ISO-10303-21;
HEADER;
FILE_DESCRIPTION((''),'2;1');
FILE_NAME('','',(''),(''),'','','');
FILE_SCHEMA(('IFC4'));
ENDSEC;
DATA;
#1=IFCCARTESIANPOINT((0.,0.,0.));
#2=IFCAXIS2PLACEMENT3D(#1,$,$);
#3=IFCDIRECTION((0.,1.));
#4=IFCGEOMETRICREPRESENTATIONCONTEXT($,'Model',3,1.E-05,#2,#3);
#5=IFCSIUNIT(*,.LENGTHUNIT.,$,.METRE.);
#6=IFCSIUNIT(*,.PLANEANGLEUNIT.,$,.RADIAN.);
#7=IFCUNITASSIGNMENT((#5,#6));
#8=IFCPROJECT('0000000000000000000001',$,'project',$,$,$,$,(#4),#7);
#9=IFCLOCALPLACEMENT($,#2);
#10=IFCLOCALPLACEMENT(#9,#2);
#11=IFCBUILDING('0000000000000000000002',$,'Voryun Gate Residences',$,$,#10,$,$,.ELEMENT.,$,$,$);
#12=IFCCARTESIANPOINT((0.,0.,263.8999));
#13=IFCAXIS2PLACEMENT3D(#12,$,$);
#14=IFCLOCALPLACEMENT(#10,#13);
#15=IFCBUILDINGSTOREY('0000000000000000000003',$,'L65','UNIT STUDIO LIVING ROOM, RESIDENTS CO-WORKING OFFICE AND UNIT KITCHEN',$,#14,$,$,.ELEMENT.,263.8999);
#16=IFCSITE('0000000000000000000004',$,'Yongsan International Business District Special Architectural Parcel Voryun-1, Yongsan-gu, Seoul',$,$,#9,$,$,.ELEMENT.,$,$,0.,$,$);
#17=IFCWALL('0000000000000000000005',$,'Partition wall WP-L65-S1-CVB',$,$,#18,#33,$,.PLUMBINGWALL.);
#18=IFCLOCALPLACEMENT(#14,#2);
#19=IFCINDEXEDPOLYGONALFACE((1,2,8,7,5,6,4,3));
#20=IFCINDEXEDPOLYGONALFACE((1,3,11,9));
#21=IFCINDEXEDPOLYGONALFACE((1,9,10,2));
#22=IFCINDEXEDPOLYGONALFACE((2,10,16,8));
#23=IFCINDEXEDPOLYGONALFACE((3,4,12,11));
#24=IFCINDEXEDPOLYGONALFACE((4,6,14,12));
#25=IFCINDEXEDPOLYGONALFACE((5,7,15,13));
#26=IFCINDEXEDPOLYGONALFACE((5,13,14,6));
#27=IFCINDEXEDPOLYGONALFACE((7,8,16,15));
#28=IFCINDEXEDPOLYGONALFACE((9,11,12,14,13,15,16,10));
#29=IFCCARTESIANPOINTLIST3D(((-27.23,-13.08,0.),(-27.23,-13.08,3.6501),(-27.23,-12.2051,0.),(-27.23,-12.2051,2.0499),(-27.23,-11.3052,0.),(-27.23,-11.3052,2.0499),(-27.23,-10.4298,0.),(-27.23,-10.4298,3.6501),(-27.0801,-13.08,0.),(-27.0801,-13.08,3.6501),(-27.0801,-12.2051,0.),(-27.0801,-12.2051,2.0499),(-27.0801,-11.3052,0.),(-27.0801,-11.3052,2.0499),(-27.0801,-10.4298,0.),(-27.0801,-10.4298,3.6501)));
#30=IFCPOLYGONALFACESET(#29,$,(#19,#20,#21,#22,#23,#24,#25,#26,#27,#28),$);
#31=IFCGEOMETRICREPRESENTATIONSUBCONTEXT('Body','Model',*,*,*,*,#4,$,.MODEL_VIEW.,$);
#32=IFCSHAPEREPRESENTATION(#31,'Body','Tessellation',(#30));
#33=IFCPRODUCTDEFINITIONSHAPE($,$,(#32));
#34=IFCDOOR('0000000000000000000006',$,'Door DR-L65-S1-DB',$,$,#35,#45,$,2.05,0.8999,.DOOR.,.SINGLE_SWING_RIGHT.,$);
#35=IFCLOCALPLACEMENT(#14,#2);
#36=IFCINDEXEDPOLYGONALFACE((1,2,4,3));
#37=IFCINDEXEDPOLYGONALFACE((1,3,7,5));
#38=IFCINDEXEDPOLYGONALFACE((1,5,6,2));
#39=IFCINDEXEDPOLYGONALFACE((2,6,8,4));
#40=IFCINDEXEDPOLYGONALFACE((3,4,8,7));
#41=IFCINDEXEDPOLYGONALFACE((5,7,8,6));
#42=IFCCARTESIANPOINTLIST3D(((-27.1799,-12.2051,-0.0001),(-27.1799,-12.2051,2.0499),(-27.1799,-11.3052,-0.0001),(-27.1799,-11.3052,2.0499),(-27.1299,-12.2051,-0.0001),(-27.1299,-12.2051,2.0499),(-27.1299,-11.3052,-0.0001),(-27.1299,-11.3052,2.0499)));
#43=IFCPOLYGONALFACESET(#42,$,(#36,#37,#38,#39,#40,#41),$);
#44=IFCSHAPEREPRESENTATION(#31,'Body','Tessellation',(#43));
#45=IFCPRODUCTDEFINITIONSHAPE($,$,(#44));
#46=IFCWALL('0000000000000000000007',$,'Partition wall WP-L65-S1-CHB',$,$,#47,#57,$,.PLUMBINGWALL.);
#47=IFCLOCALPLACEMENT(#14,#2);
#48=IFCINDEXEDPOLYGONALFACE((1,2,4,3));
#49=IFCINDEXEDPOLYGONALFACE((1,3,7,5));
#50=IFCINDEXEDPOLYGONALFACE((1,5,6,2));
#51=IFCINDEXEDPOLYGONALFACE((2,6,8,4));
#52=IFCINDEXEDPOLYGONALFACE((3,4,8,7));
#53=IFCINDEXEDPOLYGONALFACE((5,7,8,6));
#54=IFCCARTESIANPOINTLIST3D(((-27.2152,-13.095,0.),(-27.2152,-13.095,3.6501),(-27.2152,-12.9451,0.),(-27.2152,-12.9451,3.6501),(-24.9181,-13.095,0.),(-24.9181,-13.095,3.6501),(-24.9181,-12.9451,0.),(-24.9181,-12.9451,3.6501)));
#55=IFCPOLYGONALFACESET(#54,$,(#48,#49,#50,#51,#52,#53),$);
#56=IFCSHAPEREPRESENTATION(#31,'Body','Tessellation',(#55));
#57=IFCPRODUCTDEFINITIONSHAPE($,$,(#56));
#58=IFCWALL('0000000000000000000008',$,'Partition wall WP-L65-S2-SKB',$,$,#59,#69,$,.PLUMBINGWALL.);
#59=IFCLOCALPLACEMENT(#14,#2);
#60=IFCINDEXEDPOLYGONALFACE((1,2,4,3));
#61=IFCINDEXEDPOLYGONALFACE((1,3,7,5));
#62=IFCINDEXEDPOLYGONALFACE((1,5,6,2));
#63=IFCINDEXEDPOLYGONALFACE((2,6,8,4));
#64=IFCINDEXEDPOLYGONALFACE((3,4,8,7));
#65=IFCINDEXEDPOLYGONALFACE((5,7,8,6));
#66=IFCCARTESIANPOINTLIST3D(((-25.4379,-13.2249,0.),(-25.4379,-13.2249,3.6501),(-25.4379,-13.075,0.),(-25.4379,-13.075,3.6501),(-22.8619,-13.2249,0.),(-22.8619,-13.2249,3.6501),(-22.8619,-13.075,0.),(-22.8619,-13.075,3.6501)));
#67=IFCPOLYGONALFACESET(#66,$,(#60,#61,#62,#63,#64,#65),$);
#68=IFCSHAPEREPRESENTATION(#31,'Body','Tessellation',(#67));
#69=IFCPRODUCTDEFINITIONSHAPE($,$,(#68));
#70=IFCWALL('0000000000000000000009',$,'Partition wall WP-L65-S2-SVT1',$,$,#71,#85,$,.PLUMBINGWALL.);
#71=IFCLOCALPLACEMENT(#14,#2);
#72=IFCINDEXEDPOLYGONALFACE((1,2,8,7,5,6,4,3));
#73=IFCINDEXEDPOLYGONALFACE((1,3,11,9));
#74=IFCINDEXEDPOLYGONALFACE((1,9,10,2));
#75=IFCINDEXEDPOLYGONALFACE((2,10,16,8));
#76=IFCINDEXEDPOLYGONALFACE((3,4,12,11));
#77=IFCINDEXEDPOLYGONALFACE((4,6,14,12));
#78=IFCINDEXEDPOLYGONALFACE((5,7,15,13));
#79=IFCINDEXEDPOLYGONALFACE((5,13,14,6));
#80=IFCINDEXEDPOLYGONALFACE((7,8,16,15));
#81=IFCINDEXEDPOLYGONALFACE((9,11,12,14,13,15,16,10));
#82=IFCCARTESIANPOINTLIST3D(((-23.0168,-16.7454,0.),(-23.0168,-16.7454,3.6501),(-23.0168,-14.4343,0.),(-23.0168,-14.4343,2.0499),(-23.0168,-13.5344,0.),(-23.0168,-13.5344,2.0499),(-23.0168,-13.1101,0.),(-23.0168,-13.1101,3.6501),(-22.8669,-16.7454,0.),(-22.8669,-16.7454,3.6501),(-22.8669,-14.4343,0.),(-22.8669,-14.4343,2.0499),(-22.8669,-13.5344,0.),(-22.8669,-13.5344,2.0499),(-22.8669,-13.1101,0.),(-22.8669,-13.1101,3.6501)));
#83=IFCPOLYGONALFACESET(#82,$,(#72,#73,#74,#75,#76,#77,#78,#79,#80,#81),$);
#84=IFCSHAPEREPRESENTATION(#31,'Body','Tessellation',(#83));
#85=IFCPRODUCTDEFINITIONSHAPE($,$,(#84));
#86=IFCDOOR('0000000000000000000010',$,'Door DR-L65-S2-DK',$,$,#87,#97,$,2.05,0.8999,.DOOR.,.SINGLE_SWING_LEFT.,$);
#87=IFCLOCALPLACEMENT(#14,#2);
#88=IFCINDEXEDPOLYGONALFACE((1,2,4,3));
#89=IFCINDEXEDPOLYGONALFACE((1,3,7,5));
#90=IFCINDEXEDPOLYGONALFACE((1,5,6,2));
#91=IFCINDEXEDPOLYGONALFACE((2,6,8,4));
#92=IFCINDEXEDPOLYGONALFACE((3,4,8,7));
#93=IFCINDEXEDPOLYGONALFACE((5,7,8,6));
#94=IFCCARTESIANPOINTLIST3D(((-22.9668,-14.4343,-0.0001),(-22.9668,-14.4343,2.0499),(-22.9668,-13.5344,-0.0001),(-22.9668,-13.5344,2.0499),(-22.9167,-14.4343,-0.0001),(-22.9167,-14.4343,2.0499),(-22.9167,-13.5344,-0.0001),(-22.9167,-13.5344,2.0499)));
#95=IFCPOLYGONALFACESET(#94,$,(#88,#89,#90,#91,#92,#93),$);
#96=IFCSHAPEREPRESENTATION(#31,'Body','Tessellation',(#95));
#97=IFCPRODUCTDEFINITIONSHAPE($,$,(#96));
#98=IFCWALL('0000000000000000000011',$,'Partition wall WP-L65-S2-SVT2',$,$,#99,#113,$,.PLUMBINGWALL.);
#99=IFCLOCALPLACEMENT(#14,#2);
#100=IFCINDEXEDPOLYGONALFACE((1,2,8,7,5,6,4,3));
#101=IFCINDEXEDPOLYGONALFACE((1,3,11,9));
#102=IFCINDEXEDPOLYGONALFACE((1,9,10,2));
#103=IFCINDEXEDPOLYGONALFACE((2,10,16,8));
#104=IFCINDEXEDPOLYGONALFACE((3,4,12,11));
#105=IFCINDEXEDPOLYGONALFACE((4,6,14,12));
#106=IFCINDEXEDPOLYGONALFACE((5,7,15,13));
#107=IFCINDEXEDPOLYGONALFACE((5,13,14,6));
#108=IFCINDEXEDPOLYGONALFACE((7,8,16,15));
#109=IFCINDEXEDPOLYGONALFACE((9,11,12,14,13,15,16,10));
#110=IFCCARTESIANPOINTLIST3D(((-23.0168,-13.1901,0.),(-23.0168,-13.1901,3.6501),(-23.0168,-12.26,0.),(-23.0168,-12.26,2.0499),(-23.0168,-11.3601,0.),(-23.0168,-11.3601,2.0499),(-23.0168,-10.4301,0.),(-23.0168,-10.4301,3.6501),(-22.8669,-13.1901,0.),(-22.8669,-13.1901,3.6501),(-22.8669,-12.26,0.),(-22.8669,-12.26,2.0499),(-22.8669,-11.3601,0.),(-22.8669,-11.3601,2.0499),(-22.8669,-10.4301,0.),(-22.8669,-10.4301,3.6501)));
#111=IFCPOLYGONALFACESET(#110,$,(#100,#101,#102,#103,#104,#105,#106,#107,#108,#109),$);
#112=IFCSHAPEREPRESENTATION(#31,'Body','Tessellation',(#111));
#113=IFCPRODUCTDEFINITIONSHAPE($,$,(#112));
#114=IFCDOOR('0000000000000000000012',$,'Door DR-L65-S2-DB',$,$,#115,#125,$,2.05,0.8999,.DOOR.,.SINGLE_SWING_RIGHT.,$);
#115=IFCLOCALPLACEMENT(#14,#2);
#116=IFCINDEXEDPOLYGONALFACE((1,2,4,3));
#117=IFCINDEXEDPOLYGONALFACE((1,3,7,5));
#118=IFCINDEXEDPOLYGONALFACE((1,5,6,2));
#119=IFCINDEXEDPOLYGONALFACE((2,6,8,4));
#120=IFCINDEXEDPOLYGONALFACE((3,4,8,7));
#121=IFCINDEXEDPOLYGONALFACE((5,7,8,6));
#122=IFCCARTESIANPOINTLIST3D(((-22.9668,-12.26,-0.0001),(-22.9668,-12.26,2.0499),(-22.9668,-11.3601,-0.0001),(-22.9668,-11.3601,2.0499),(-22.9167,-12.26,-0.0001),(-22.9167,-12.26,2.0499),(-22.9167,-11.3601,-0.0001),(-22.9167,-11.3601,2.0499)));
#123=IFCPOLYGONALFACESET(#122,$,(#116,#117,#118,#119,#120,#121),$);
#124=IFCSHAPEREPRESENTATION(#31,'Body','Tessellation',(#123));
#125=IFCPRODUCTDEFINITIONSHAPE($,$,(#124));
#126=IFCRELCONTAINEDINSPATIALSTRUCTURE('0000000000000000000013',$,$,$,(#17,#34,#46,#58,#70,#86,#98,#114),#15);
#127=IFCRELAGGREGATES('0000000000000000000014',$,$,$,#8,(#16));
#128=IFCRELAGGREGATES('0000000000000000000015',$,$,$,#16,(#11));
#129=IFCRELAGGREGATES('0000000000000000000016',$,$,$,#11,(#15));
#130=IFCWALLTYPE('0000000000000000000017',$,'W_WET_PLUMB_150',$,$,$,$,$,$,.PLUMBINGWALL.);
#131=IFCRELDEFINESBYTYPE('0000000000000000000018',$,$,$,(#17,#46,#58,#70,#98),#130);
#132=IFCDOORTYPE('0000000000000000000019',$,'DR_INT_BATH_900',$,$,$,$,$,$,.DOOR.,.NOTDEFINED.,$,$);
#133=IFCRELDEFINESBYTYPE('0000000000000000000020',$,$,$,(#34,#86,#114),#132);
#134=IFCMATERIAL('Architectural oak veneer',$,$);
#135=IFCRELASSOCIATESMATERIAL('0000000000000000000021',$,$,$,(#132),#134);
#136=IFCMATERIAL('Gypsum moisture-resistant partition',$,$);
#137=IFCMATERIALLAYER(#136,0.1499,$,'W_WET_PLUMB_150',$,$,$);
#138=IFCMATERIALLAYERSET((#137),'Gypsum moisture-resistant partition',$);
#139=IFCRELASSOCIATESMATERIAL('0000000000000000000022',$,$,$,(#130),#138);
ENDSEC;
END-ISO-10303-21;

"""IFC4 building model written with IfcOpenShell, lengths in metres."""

from ifc_helpers import new_model, si_unit, direction, frame, frame_2d, origin, place, context, subcontext, project, spatial, rectangle, extrude, material, layer, layer_set, type_object, element, fill, save


model = new_model("IFC4")

# Units and contexts
model_context = context("Model", 3, precision=1e-05, world=origin(), true_north=direction((0.0, 1.0)))
body_context = subcontext(model_context, "Body", "Model", "MODEL_VIEW")
ifc_project = project(units=[si_unit("LENGTHUNIT", "METRE"), si_unit("PLANEANGLEUNIT", "RADIAN")], contexts=[model_context])

# Site, building, storey
site_placement = place(None, origin())
site = spatial("IfcSite", under=ifc_project, at=site_placement, Name="Yongsan International Business District Special Architectural Parcel Voryun-1, Yongsan-gu, Seoul", CompositionType="ELEMENT", RefElevation=0.0)
building_placement = place(site_placement, origin())
building = spatial("IfcBuilding", under=site, at=building_placement, Name="Voryun Gate Residences", CompositionType="ELEMENT")
storey_placement = place(building_placement, frame((0.0, 0.0, 263.8999)))
storey = spatial("IfcBuildingStorey", under=building, at=storey_placement, Name="L65", Description="UNIT STUDIO LIVING ROOM, RESIDENTS CO-WORKING OFFICE AND UNIT KITCHEN", CompositionType="ELEMENT", Elevation=263.8999)

# Shared definitions
ifc_material_1 = material(Name="Architectural oak veneer")
door_type = type_object("IfcDoorType", Name="DR_INT_BATH_900", OperationType="NOTDEFINED", PredefinedType="DOOR", material=ifc_material_1)

# Wall, opening, door
ifc_material_2 = material(Name="Gypsum moisture-resistant partition")
ifc_layer_1 = layer(ifc_material_2, 0.1499, Name="W_WET_PLUMB_150")
ifc_layer_set_1 = layer_set([ifc_layer_1], Name="Gypsum moisture-resistant partition")
wall_type_1 = type_object("IfcWallType", Name="W_WET_PLUMB_150", PredefinedType="PLUMBINGWALL", material=ifc_layer_set_1)
wall_1_placement = place(storey_placement, frame((-27.155, -13.0801, 0.0), z_axis=(0.0, 0.0, 1.0), x_axis=(0.0, 1.0, 0.0)))
wall_1 = element("IfcWall", 1, at=wall_1_placement, inside=storey, type_object=wall_type_1, Name="Partition wall WP-L65-S1-CVB", PredefinedType="PLUMBINGWALL", context=body_context, shape_type="SweptSolid", body=[
    extrude(rectangle(XDim=2.6501, YDim=0.1499, at=frame_2d((1.3252, 0.0))), origin(), (0.0, 0.0, 1.0), 3.6501),
])
opening_1_placement = place(wall_1_placement, frame((0.875, 0.0, 0.0)))
opening_1 = element("IfcOpeningElement", 2, at=opening_1_placement, cuts=wall_1, PredefinedType="OPENING", context=body_context, shape_type="SweptSolid", body=[
    extrude(rectangle(XDim=0.8999, YDim=2.05, at=frame_2d((0.45, 1.0249))), frame((0.0, 0.085, 0.0), z_axis=(0.0, -1.0, 0.0), x_axis=(1.0, 0.0, 0.0)), (0.0, 0.0, 1.0), 0.1699),
])
door_1_placement = place(opening_1_placement, origin())
door_1 = element("IfcDoor", 3, at=door_1_placement, inside=storey, type_object=door_type, Name="Door DR-L65-S1-DB", OperationType="SINGLE_SWING_RIGHT", OverallHeight=2.05, OverallWidth=0.8999, PredefinedType="DOOR", context=body_context, shape_type="SweptSolid", body=[
    extrude(rectangle(XDim=0.8999, YDim=2.05, at=frame_2d((0.45, 1.0249))), frame((0.0, 0.0249, 0.0), z_axis=(0.0, -1.0, 0.0), x_axis=(1.0, 0.0, 0.0)), (0.0, 0.0, 1.0), 0.05),
])
fill(opening_1, door_1)

# Walls
wall_2_placement = place(storey_placement, frame((-27.2151, -13.02, 0.0), z_axis=(0.0, 0.0, 1.0), x_axis=(1.0, 0.0, 0.0)))
element("IfcWall", 4, at=wall_2_placement, inside=storey, type_object=wall_type_1, Name="Partition wall WP-L65-S1-CHB", PredefinedType="PLUMBINGWALL", context=body_context, shape_type="SweptSolid", body=[
    extrude(rectangle(XDim=2.2971, YDim=0.1499, at=frame_2d((1.1484, 0.0))), origin(), (0.0, 0.0, 1.0), 3.6501),
])
wall_3_placement = place(storey_placement, frame((-25.438, -13.1499, 0.0), z_axis=(0.0, 0.0, 1.0), x_axis=(1.0, 0.0, 0.0)))
element("IfcWall", 5, at=wall_3_placement, inside=storey, type_object=wall_type_1, Name="Partition wall WP-L65-S2-SKB", PredefinedType="PLUMBINGWALL", context=body_context, shape_type="SweptSolid", body=[
    extrude(rectangle(XDim=2.5759, YDim=0.1499, at=frame_2d((1.2881, 0.0))), origin(), (0.0, 0.0, 1.0), 3.6501),
])

# Walls, openings, doors
wall_4_placement = place(storey_placement, frame((-22.9419, -16.7454, 0.0), z_axis=(0.0, 0.0, 1.0), x_axis=(0.0, 1.0, 0.0)))
wall_4 = element("IfcWall", 6, at=wall_4_placement, inside=storey, type_object=wall_type_1, Name="Partition wall WP-L65-S2-SVT1", PredefinedType="PLUMBINGWALL", context=body_context, shape_type="SweptSolid", body=[
    extrude(rectangle(XDim=3.6353, YDim=0.1499, at=frame_2d((1.8176, 0.0))), origin(), (0.0, 0.0, 1.0), 3.6501),
])
opening_2_placement = place(wall_4_placement, frame((2.311, 0.0, 0.0)))
opening_2 = element("IfcOpeningElement", 7, at=opening_2_placement, cuts=wall_4, PredefinedType="OPENING", context=body_context, shape_type="SweptSolid", body=[
    extrude(rectangle(XDim=0.8999, YDim=2.05, at=frame_2d((0.45, 1.0249))), frame((0.0, 0.085, 0.0), z_axis=(0.0, -1.0, 0.0), x_axis=(1.0, 0.0, 0.0)), (0.0, 0.0, 1.0), 0.1699),
])
door_2_placement = place(opening_2_placement, origin())
door_2 = element("IfcDoor", 8, at=door_2_placement, inside=storey, type_object=door_type, Name="Door DR-L65-S2-DK", OperationType="SINGLE_SWING_LEFT", OverallHeight=2.05, OverallWidth=0.8999, PredefinedType="DOOR", context=body_context, shape_type="SweptSolid", body=[
    extrude(rectangle(XDim=0.8999, YDim=2.05, at=frame_2d((0.45, 1.0249))), frame((0.0, 0.0249, 0.0), z_axis=(0.0, -1.0, 0.0), x_axis=(1.0, 0.0, 0.0)), (0.0, 0.0, 1.0), 0.05),
])
fill(opening_2, door_2)
wall_5_placement = place(storey_placement, frame((-22.9419, -13.1899, 0.0), z_axis=(0.0, 0.0, 1.0), x_axis=(0.0, 1.0, 0.0)))
wall_5 = element("IfcWall", 9, at=wall_5_placement, inside=storey, type_object=wall_type_1, Name="Partition wall WP-L65-S2-SVT2", PredefinedType="PLUMBINGWALL", context=body_context, shape_type="SweptSolid", body=[
    extrude(rectangle(XDim=2.76, YDim=0.1499, at=frame_2d((1.3799, 0.0))), origin(), (0.0, 0.0, 1.0), 3.6501),
])
opening_3_placement = place(wall_5_placement, frame((0.9299, 0.0, 0.0)))
opening_3 = element("IfcOpeningElement", 10, at=opening_3_placement, cuts=wall_5, PredefinedType="OPENING", context=body_context, shape_type="SweptSolid", body=[
    extrude(rectangle(XDim=0.8999, YDim=2.05, at=frame_2d((0.45, 1.0249))), frame((0.0, 0.085, 0.0), z_axis=(0.0, -1.0, 0.0), x_axis=(1.0, 0.0, 0.0)), (0.0, 0.0, 1.0), 0.1699),
])
door_3_placement = place(opening_3_placement, origin())
door_3 = element("IfcDoor", 11, at=door_3_placement, inside=storey, type_object=door_type, Name="Door DR-L65-S2-DB", OperationType="SINGLE_SWING_RIGHT", OverallHeight=2.05, OverallWidth=0.8999, PredefinedType="DOOR", context=body_context, shape_type="SweptSolid", body=[
    extrude(rectangle(XDim=0.8999, YDim=2.05, at=frame_2d((0.45, 1.0249))), frame((0.0, 0.0249, 0.0), z_axis=(0.0, -1.0, 0.0), x_axis=(1.0, 0.0, 0.0)), (0.0, 0.0, 1.0), 0.05),
])
fill(opening_3, door_3)

save(model, "model.ifc")
